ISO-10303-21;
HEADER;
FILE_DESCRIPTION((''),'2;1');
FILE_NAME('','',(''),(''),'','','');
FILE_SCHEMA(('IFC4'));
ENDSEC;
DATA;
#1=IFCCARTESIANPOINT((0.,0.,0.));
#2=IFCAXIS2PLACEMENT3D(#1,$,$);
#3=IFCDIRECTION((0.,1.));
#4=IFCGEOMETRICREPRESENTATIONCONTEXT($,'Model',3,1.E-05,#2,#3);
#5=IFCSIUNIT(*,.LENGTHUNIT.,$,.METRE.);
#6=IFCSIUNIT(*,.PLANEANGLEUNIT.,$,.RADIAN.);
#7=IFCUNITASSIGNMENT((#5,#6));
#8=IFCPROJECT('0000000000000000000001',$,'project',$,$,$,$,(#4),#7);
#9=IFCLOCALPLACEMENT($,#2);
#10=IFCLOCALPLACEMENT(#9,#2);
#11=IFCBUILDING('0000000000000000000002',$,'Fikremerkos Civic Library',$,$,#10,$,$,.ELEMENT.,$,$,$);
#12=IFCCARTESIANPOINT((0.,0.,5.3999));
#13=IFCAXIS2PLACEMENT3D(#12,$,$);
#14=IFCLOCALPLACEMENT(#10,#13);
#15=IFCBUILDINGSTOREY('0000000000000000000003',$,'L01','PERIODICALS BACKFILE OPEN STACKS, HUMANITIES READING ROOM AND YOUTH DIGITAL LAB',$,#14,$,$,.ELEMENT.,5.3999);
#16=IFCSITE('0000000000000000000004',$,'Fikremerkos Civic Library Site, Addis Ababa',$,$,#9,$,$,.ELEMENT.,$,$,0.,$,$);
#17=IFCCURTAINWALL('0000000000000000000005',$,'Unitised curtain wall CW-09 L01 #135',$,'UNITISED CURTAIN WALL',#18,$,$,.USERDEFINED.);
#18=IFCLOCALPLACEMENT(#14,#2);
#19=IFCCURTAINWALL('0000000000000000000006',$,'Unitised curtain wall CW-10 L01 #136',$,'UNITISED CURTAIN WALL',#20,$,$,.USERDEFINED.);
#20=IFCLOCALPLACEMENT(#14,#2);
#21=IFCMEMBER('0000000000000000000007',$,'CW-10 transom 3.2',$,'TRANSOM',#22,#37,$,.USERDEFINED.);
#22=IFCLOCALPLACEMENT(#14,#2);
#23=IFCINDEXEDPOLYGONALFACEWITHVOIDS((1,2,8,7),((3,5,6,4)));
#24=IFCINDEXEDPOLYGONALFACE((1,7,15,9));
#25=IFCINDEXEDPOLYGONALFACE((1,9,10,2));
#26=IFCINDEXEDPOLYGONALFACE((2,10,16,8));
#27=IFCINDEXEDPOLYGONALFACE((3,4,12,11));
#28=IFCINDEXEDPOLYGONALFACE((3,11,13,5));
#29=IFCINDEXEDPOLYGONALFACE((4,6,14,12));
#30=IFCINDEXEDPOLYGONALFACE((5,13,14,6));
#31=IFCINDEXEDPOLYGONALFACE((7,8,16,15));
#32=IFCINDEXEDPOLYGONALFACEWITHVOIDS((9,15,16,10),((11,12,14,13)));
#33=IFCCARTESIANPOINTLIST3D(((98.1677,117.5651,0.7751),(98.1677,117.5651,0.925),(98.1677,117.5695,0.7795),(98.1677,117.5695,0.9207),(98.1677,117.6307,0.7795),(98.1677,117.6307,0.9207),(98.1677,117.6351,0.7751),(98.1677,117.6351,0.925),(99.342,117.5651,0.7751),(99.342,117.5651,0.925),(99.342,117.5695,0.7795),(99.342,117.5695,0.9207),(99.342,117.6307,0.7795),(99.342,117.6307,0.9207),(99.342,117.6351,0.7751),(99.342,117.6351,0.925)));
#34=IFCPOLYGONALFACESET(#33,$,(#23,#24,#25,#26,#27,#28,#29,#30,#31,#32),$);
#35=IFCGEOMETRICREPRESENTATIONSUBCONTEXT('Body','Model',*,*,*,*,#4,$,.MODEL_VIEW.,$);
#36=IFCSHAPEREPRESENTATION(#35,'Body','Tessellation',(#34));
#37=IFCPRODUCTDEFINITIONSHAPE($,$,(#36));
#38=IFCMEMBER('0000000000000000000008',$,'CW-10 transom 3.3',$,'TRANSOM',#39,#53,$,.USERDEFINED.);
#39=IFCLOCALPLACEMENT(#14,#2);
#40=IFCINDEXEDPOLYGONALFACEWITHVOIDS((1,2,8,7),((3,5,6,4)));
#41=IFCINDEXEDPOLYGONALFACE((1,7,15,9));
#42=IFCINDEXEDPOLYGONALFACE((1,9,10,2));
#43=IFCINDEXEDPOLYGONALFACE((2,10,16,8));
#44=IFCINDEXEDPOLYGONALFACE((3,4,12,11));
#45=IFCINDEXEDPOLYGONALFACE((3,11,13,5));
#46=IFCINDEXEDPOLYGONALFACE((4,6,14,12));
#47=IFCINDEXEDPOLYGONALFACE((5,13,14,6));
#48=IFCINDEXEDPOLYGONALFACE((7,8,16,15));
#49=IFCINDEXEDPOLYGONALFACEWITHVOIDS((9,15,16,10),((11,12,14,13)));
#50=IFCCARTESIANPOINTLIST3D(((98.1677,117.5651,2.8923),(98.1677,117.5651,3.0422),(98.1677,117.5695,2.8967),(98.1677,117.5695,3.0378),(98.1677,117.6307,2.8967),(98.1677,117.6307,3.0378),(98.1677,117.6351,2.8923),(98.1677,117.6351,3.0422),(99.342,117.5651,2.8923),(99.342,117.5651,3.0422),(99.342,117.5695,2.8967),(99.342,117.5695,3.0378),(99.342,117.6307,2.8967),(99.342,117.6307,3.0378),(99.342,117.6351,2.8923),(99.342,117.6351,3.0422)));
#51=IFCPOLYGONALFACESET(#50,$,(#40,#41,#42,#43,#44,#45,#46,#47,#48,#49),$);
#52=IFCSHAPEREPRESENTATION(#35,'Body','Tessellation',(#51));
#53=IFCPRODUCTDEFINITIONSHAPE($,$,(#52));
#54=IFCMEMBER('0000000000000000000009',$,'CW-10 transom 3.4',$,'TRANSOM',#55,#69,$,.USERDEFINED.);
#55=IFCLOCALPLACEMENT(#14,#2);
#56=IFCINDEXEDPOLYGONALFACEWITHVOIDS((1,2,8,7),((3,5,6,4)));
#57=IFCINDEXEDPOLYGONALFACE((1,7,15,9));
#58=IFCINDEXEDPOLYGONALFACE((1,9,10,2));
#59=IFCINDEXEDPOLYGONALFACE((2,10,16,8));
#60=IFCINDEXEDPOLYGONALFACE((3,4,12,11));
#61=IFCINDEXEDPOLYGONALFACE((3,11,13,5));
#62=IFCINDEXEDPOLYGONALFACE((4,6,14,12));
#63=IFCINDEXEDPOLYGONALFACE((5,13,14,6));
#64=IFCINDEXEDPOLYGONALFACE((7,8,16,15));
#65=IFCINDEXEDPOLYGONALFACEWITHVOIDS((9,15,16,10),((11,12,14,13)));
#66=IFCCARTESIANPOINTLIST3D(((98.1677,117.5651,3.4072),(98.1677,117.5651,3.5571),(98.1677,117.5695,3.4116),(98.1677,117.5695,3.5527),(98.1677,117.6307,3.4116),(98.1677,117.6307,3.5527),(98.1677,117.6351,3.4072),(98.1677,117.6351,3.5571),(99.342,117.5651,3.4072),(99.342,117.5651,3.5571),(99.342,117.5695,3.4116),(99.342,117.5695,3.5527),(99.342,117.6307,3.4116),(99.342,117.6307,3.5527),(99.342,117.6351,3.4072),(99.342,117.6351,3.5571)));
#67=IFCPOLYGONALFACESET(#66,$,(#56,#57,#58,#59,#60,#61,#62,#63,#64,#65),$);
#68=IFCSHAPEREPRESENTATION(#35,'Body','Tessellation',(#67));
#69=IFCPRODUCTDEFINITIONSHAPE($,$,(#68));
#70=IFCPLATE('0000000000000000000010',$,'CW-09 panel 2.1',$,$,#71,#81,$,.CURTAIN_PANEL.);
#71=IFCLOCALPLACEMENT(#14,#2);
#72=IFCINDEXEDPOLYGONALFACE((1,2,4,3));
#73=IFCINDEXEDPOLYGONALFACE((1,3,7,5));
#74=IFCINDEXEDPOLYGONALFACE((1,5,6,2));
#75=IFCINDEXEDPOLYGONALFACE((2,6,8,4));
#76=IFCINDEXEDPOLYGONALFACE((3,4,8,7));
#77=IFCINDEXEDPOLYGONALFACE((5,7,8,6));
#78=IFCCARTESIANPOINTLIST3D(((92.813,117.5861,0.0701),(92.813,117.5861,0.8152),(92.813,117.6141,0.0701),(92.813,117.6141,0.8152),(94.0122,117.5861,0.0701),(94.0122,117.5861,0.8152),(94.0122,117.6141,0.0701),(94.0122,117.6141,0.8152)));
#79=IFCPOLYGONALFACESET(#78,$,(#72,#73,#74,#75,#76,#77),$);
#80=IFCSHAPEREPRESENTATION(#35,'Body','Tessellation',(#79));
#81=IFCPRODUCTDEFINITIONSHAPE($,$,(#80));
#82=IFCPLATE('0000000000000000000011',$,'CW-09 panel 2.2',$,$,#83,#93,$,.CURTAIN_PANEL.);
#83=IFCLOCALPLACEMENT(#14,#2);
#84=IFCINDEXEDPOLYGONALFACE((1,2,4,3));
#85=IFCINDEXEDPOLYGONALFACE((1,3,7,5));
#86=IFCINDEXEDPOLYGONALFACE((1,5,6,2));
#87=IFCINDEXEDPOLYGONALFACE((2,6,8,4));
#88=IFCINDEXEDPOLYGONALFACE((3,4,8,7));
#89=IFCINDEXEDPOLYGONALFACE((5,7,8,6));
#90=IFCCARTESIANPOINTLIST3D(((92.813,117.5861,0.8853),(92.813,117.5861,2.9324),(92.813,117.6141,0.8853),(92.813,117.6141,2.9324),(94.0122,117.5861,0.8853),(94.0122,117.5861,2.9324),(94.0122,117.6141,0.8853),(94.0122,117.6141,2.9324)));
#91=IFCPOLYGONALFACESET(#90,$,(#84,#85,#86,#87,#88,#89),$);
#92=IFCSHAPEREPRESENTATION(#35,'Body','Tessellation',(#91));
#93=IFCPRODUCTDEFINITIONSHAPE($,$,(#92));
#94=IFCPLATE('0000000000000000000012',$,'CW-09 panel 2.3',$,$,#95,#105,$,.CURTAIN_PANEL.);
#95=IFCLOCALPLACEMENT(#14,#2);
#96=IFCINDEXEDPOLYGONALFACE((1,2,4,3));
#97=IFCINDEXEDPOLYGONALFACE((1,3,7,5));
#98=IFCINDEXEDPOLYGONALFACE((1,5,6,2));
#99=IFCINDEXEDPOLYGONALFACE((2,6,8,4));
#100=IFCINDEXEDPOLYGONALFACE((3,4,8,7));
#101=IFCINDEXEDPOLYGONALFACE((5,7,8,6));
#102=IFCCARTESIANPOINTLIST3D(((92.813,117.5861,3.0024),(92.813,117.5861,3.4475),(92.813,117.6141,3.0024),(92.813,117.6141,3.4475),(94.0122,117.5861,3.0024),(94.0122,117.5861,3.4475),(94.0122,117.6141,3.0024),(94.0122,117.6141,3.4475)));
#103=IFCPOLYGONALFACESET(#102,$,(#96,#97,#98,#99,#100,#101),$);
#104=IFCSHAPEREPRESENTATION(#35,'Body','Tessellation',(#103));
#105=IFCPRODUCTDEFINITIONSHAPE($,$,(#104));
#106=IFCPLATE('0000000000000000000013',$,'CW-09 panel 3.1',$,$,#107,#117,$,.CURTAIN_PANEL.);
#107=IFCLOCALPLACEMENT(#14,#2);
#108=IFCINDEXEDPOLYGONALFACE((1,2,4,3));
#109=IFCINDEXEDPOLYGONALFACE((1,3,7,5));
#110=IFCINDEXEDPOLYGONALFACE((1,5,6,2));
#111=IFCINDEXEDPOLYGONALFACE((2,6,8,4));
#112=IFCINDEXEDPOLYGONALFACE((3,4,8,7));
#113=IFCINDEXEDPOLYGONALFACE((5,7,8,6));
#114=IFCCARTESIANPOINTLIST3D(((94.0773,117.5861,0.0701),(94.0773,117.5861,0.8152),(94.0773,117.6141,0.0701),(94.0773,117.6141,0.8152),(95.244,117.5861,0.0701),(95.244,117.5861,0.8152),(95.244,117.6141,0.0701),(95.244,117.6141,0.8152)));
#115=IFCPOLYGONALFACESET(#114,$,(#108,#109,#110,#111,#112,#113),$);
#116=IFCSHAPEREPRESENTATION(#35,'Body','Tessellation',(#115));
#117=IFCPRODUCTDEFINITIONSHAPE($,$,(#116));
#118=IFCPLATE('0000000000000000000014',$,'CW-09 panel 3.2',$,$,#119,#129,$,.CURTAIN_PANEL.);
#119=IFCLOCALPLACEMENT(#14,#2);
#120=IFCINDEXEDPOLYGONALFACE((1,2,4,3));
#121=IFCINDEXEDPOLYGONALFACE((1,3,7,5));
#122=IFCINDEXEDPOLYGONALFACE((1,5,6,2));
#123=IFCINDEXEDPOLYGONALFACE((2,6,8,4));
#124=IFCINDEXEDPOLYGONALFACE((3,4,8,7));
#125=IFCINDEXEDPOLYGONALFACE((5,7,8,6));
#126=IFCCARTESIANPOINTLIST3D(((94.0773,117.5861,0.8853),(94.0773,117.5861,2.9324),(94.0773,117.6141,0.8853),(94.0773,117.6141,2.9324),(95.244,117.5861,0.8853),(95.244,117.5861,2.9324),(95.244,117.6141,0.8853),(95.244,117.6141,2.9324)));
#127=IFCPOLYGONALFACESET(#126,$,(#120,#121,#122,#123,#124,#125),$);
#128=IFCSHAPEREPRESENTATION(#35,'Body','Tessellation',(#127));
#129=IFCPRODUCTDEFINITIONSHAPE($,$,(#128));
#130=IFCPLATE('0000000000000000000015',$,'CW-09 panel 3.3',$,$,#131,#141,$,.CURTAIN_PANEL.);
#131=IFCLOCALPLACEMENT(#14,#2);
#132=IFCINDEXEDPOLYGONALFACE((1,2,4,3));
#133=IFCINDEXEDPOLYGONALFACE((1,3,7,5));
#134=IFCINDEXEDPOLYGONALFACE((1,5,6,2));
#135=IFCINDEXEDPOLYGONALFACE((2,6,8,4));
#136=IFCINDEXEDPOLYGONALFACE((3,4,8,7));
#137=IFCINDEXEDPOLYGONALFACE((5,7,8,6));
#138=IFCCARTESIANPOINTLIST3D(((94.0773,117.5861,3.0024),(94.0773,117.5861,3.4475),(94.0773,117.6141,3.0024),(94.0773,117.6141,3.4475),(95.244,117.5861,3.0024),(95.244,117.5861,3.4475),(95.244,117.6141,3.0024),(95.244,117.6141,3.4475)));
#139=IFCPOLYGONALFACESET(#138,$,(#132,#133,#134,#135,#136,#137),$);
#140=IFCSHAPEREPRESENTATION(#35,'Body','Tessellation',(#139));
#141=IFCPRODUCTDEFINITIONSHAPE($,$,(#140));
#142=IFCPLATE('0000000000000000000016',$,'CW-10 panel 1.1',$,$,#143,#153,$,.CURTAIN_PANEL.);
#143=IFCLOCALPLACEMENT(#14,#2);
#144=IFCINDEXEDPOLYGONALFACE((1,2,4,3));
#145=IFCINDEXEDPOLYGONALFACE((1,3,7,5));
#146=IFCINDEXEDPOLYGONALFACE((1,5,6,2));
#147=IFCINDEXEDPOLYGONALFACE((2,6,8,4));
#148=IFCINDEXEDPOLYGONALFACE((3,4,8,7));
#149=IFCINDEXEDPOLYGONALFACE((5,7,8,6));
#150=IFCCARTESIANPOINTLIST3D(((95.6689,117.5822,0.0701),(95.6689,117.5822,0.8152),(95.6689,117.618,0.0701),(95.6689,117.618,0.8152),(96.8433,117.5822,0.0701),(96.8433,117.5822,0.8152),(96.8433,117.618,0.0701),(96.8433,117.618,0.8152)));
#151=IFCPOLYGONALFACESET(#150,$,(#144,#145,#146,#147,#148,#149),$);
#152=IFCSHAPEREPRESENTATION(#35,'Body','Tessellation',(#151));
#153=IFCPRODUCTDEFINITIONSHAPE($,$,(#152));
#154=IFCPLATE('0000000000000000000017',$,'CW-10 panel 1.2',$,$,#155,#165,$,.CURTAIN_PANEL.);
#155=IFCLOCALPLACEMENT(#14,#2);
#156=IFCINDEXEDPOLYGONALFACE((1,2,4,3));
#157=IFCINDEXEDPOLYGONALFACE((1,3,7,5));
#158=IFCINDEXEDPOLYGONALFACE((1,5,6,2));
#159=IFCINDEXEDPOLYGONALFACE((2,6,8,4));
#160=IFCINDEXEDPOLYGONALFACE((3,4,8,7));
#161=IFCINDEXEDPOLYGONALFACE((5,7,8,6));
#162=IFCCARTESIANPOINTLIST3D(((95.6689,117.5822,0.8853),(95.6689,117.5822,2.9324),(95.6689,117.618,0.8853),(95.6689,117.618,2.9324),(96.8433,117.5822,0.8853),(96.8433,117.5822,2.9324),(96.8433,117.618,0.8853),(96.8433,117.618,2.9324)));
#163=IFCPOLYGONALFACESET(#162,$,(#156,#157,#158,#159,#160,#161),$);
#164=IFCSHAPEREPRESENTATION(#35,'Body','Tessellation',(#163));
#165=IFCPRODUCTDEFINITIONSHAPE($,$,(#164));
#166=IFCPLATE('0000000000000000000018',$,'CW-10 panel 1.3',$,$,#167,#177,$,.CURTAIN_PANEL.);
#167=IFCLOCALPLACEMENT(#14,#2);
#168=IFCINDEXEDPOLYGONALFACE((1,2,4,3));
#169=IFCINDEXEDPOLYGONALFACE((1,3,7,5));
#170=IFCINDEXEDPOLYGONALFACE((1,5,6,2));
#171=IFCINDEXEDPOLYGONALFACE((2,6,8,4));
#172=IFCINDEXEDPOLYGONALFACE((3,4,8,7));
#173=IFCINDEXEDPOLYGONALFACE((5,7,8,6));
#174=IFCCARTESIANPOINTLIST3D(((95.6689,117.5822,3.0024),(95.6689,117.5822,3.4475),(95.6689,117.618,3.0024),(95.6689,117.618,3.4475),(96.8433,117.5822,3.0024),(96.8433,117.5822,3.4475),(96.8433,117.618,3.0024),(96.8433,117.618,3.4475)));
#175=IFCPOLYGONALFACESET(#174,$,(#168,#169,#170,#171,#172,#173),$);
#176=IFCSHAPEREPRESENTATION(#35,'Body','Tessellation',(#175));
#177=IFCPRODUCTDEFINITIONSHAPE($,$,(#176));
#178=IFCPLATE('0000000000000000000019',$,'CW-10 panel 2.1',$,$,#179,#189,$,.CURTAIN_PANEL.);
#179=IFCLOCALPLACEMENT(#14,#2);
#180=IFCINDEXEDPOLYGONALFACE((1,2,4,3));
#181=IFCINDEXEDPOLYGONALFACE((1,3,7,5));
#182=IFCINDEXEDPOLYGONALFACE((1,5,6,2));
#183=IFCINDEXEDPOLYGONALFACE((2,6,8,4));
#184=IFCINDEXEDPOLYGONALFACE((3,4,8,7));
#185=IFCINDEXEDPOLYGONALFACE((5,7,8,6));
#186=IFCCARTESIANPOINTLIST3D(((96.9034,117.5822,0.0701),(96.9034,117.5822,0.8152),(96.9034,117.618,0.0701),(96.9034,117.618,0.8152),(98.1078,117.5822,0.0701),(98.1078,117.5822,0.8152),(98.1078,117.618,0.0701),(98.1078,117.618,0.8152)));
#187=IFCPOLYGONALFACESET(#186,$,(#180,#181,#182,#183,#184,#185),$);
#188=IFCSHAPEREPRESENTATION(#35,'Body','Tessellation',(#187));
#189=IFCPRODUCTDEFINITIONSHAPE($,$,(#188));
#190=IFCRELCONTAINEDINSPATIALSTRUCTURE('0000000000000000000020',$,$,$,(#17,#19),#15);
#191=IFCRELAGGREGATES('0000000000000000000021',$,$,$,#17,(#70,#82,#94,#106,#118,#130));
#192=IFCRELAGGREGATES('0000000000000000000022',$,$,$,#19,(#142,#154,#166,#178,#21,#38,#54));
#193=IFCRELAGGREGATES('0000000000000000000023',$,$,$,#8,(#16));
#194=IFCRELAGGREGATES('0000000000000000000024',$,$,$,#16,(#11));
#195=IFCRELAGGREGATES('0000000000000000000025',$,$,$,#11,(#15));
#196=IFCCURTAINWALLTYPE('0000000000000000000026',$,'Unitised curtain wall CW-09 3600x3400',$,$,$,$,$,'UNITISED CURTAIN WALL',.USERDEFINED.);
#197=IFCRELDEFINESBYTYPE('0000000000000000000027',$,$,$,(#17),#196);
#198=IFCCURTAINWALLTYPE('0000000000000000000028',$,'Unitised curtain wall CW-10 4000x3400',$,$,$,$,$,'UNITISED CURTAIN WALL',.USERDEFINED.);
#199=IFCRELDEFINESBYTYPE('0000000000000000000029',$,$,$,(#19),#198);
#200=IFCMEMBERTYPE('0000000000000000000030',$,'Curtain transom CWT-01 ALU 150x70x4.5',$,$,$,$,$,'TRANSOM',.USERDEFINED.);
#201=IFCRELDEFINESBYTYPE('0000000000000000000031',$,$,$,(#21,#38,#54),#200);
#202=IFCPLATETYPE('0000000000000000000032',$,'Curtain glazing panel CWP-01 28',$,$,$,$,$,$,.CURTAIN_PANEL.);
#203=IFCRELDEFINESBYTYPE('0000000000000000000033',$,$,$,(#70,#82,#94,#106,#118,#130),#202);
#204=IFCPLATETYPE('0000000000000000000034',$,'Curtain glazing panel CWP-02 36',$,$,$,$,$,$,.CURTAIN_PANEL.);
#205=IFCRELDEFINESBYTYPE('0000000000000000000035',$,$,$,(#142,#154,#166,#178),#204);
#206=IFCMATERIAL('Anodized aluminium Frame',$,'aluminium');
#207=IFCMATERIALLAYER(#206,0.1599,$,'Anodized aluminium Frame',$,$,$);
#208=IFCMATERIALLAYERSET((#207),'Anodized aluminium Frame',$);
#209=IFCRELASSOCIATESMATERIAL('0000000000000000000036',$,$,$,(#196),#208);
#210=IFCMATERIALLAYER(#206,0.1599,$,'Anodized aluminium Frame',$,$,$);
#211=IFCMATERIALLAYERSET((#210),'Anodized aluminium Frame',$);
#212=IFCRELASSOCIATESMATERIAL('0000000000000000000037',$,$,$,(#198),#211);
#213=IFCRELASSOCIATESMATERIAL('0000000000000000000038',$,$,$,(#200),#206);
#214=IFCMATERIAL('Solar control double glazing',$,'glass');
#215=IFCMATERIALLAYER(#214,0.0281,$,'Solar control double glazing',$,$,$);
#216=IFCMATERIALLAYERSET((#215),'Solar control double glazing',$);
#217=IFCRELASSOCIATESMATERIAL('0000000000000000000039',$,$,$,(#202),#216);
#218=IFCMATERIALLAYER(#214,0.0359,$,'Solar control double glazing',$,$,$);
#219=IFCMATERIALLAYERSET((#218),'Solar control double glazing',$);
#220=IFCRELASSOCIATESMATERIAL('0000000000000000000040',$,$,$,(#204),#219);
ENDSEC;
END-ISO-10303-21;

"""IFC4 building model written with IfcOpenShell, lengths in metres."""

from ifc_helpers import new_model, si_unit, direction, frame, origin, origin_2d, place, context, subcontext, project, spatial, rectangle, hollow_rectangle, extrude, material, layer, layer_set, material_profile, profile_set, type_object, element, aggregate, save


model = new_model("IFC4")

# Units and contexts
model_context = context("Model", 3, precision=1e-05, world=origin(), true_north=direction((0.0, 1.0)))
body_context = subcontext(model_context, "Body", "Model", "MODEL_VIEW")
ifc_project = project(units=[si_unit("LENGTHUNIT", "METRE"), si_unit("PLANEANGLEUNIT", "RADIAN")], contexts=[model_context])

# Site, building, storey
site_placement = place(None, origin())
site = spatial("IfcSite", under=ifc_project, at=site_placement, Name="Fikremerkos Civic Library Site, Addis Ababa", CompositionType="ELEMENT", RefElevation=0.0)
building_placement = place(site_placement, origin())
building = spatial("IfcBuilding", under=site, at=building_placement, Name="Fikremerkos Civic Library", CompositionType="ELEMENT")
storey_placement = place(building_placement, frame((0.0, 0.0, 5.3999)))
storey = spatial("IfcBuildingStorey", under=building, at=storey_placement, Name="L01", Description="PERIODICALS BACKFILE OPEN STACKS, HUMANITIES READING ROOM AND YOUTH DIGITAL LAB", CompositionType="ELEMENT", Elevation=5.3999)

# Curtain walls
ifc_material_1 = material(Name="Anodized aluminium Frame", Category="aluminium")
ifc_layer_1 = layer(ifc_material_1, 0.1599, Name="Anodized aluminium Frame")
ifc_layer_set_1 = layer_set([ifc_layer_1], Name="Anodized aluminium Frame")
curtain_wall_type_1 = type_object("IfcCurtainWallType", Name="Unitised curtain wall CW-09 3600x3400", ElementType="UNITISED CURTAIN WALL", PredefinedType="USERDEFINED", material=ifc_layer_set_1)
curtain_wall_1_placement = place(storey_placement, origin())
curtain_wall_1 = element("IfcCurtainWall", 1, at=curtain_wall_1_placement, inside=storey, type_object=curtain_wall_type_1, Name="Unitised curtain wall CW-09 L01 #135", ObjectType="UNITISED CURTAIN WALL", PredefinedType="USERDEFINED")
ifc_layer_2 = layer(ifc_material_1, 0.1599, Name="Anodized aluminium Frame")
ifc_layer_set_2 = layer_set([ifc_layer_2], Name="Anodized aluminium Frame")
curtain_wall_type_2 = type_object("IfcCurtainWallType", Name="Unitised curtain wall CW-10 4000x3400", ElementType="UNITISED CURTAIN WALL", PredefinedType="USERDEFINED", material=ifc_layer_set_2)
curtain_wall_2_placement = place(storey_placement, origin())
curtain_wall_2 = element("IfcCurtainWall", 2, at=curtain_wall_2_placement, inside=storey, type_object=curtain_wall_type_2, Name="Unitised curtain wall CW-10 L01 #136", ObjectType="UNITISED CURTAIN WALL", PredefinedType="USERDEFINED")

# Members
ifc_material_profile_1 = material_profile(ifc_material_1, hollow_rectangle(XDim=0.0701, YDim=0.1499, WallThickness=0.0044, at=origin_2d()), Name="ALU 150x70x4.5")
ifc_profile_set_1 = profile_set([ifc_material_profile_1], Name="Anodized aluminium Frame")
member_type_1 = type_object("IfcMemberType", Name="Curtain transom CWT-01 ALU 150x70x4.5", ElementType="TRANSOM", PredefinedType="USERDEFINED", material=ifc_profile_set_1)
member_1_placement = place(storey_placement, frame((98.1677, 117.6001, 0.8501), z_axis=(1.0, 0.0, 0.0), x_axis=(0.0, 1.0, 0.0)))
member_1 = element("IfcMember", 3, at=member_1_placement, type_object=member_type_1, Name="CW-10 transom 3.2", ObjectType="TRANSOM", PredefinedType="USERDEFINED", context=body_context, shape_type="SweptSolid", body=[
    extrude(hollow_rectangle(XDim=0.0701, YDim=0.1499, WallThickness=0.0044, at=origin_2d()), origin(), (0.0, 0.0, 1.0), 1.1743),
])
member_2_placement = place(storey_placement, frame((98.1677, 117.6001, 2.9673), z_axis=(1.0, 0.0, 0.0), x_axis=(0.0, 1.0, 0.0)))
member_2 = element("IfcMember", 4, at=member_2_placement, type_object=member_type_1, Name="CW-10 transom 3.3", ObjectType="TRANSOM", PredefinedType="USERDEFINED", context=body_context, shape_type="SweptSolid", body=[
    extrude(hollow_rectangle(XDim=0.0701, YDim=0.1499, WallThickness=0.0044, at=origin_2d()), origin(), (0.0, 0.0, 1.0), 1.1743),
])
member_3_placement = place(storey_placement, frame((98.1677, 117.6001, 3.4822), z_axis=(1.0, 0.0, 0.0), x_axis=(0.0, 1.0, 0.0)))
member_3 = element("IfcMember", 5, at=member_3_placement, type_object=member_type_1, Name="CW-10 transom 3.4", ObjectType="TRANSOM", PredefinedType="USERDEFINED", context=body_context, shape_type="SweptSolid", body=[
    extrude(hollow_rectangle(XDim=0.0701, YDim=0.1499, WallThickness=0.0044, at=origin_2d()), origin(), (0.0, 0.0, 1.0), 1.1743),
])

# Plates
ifc_material_2 = material(Name="Solar control double glazing", Category="glass")
ifc_layer_3 = layer(ifc_material_2, 0.0281, Name="Solar control double glazing")
ifc_layer_set_3 = layer_set([ifc_layer_3], Name="Solar control double glazing")
plate_type_1 = type_object("IfcPlateType", Name="Curtain glazing panel CWP-01 28", PredefinedType="CURTAIN_PANEL", material=ifc_layer_set_3)
plate_1_placement = place(storey_placement, frame((93.4126, 117.6001, 0.0701), z_axis=(0.0, 0.0, 1.0), x_axis=(1.0, 0.0, 0.0)))
plate_1 = element("IfcPlate", 6, at=plate_1_placement, type_object=plate_type_1, Name="CW-09 panel 2.1", PredefinedType="CURTAIN_PANEL", context=body_context, shape_type="SweptSolid", body=[
    extrude(rectangle(XDim=1.1992, YDim=0.0281, at=origin_2d()), origin(), (0.0, 0.0, 1.0), 0.7451),
])
plate_2_placement = place(storey_placement, frame((93.4126, 117.6001, 0.8853), z_axis=(0.0, 0.0, 1.0), x_axis=(1.0, 0.0, 0.0)))
plate_2 = element("IfcPlate", 7, at=plate_2_placement, type_object=plate_type_1, Name="CW-09 panel 2.2", PredefinedType="CURTAIN_PANEL", context=body_context, shape_type="SweptSolid", body=[
    extrude(rectangle(XDim=1.1992, YDim=0.0281, at=origin_2d()), origin(), (0.0, 0.0, 1.0), 2.0471),
])
plate_3_placement = place(storey_placement, frame((93.4126, 117.6001, 3.0024), z_axis=(0.0, 0.0, 1.0), x_axis=(1.0, 0.0, 0.0)))
plate_3 = element("IfcPlate", 8, at=plate_3_placement, type_object=plate_type_1, Name="CW-09 panel 2.3", PredefinedType="CURTAIN_PANEL", context=body_context, shape_type="SweptSolid", body=[
    extrude(rectangle(XDim=1.1992, YDim=0.0281, at=origin_2d()), origin(), (0.0, 0.0, 1.0), 0.4451),
])
plate_4_placement = place(storey_placement, frame((94.6606, 117.6001, 0.0701), z_axis=(0.0, 0.0, 1.0), x_axis=(1.0, 0.0, 0.0)))
plate_4 = element("IfcPlate", 9, at=plate_4_placement, type_object=plate_type_1, Name="CW-09 panel 3.1", PredefinedType="CURTAIN_PANEL", context=body_context, shape_type="SweptSolid", body=[
    extrude(rectangle(XDim=1.1667, YDim=0.0281, at=origin_2d()), origin(), (0.0, 0.0, 1.0), 0.7451),
])
plate_5_placement = place(storey_placement, frame((94.6606, 117.6001, 0.8853), z_axis=(0.0, 0.0, 1.0), x_axis=(1.0, 0.0, 0.0)))
plate_5 = element("IfcPlate", 10, at=plate_5_placement, type_object=plate_type_1, Name="CW-09 panel 3.2", PredefinedType="CURTAIN_PANEL", context=body_context, shape_type="SweptSolid", body=[
    extrude(rectangle(XDim=1.1667, YDim=0.0281, at=origin_2d()), origin(), (0.0, 0.0, 1.0), 2.0471),
])
plate_6_placement = place(storey_placement, frame((94.6606, 117.6001, 3.0024), z_axis=(0.0, 0.0, 1.0), x_axis=(1.0, 0.0, 0.0)))
plate_6 = element("IfcPlate", 11, at=plate_6_placement, type_object=plate_type_1, Name="CW-09 panel 3.3", PredefinedType="CURTAIN_PANEL", context=body_context, shape_type="SweptSolid", body=[
    extrude(rectangle(XDim=1.1667, YDim=0.0281, at=origin_2d()), origin(), (0.0, 0.0, 1.0), 0.4451),
])
aggregate(curtain_wall_1, [plate_1, plate_2, plate_3, plate_4, plate_5, plate_6])
ifc_layer_4 = layer(ifc_material_2, 0.0359, Name="Solar control double glazing")
ifc_layer_set_4 = layer_set([ifc_layer_4], Name="Solar control double glazing")
plate_type_2 = type_object("IfcPlateType", Name="Curtain glazing panel CWP-02 36", PredefinedType="CURTAIN_PANEL", material=ifc_layer_set_4)
plate_7_placement = place(storey_placement, frame((96.2561, 117.6001, 0.0701), z_axis=(0.0, 0.0, 1.0), x_axis=(1.0, 0.0, 0.0)))
plate_7 = element("IfcPlate", 12, at=plate_7_placement, type_object=plate_type_2, Name="CW-10 panel 1.1", PredefinedType="CURTAIN_PANEL", context=body_context, shape_type="SweptSolid", body=[
    extrude(rectangle(XDim=1.1743, YDim=0.0359, at=origin_2d()), origin(), (0.0, 0.0, 1.0), 0.7451),
])
plate_8_placement = place(storey_placement, frame((96.2561, 117.6001, 0.8853), z_axis=(0.0, 0.0, 1.0), x_axis=(1.0, 0.0, 0.0)))
plate_8 = element("IfcPlate", 13, at=plate_8_placement, type_object=plate_type_2, Name="CW-10 panel 1.2", PredefinedType="CURTAIN_PANEL", context=body_context, shape_type="SweptSolid", body=[
    extrude(rectangle(XDim=1.1743, YDim=0.0359, at=origin_2d()), origin(), (0.0, 0.0, 1.0), 2.0471),
])
plate_9_placement = place(storey_placement, frame((96.2561, 117.6001, 3.0024), z_axis=(0.0, 0.0, 1.0), x_axis=(1.0, 0.0, 0.0)))
plate_9 = element("IfcPlate", 14, at=plate_9_placement, type_object=plate_type_2, Name="CW-10 panel 1.3", PredefinedType="CURTAIN_PANEL", context=body_context, shape_type="SweptSolid", body=[
    extrude(rectangle(XDim=1.1743, YDim=0.0359, at=origin_2d()), origin(), (0.0, 0.0, 1.0), 0.4451),
])
plate_10_placement = place(storey_placement, frame((97.5056, 117.6001, 0.0701), z_axis=(0.0, 0.0, 1.0), x_axis=(1.0, 0.0, 0.0)))
plate_10 = element("IfcPlate", 15, at=plate_10_placement, type_object=plate_type_2, Name="CW-10 panel 2.1", PredefinedType="CURTAIN_PANEL", context=body_context, shape_type="SweptSolid", body=[
    extrude(rectangle(XDim=1.2043, YDim=0.0359, at=origin_2d()), origin(), (0.0, 0.0, 1.0), 0.7451),
])
aggregate(curtain_wall_2, [plate_7, plate_8, plate_9, plate_10, member_1, member_2, member_3])

save(model, "model.ifc")
